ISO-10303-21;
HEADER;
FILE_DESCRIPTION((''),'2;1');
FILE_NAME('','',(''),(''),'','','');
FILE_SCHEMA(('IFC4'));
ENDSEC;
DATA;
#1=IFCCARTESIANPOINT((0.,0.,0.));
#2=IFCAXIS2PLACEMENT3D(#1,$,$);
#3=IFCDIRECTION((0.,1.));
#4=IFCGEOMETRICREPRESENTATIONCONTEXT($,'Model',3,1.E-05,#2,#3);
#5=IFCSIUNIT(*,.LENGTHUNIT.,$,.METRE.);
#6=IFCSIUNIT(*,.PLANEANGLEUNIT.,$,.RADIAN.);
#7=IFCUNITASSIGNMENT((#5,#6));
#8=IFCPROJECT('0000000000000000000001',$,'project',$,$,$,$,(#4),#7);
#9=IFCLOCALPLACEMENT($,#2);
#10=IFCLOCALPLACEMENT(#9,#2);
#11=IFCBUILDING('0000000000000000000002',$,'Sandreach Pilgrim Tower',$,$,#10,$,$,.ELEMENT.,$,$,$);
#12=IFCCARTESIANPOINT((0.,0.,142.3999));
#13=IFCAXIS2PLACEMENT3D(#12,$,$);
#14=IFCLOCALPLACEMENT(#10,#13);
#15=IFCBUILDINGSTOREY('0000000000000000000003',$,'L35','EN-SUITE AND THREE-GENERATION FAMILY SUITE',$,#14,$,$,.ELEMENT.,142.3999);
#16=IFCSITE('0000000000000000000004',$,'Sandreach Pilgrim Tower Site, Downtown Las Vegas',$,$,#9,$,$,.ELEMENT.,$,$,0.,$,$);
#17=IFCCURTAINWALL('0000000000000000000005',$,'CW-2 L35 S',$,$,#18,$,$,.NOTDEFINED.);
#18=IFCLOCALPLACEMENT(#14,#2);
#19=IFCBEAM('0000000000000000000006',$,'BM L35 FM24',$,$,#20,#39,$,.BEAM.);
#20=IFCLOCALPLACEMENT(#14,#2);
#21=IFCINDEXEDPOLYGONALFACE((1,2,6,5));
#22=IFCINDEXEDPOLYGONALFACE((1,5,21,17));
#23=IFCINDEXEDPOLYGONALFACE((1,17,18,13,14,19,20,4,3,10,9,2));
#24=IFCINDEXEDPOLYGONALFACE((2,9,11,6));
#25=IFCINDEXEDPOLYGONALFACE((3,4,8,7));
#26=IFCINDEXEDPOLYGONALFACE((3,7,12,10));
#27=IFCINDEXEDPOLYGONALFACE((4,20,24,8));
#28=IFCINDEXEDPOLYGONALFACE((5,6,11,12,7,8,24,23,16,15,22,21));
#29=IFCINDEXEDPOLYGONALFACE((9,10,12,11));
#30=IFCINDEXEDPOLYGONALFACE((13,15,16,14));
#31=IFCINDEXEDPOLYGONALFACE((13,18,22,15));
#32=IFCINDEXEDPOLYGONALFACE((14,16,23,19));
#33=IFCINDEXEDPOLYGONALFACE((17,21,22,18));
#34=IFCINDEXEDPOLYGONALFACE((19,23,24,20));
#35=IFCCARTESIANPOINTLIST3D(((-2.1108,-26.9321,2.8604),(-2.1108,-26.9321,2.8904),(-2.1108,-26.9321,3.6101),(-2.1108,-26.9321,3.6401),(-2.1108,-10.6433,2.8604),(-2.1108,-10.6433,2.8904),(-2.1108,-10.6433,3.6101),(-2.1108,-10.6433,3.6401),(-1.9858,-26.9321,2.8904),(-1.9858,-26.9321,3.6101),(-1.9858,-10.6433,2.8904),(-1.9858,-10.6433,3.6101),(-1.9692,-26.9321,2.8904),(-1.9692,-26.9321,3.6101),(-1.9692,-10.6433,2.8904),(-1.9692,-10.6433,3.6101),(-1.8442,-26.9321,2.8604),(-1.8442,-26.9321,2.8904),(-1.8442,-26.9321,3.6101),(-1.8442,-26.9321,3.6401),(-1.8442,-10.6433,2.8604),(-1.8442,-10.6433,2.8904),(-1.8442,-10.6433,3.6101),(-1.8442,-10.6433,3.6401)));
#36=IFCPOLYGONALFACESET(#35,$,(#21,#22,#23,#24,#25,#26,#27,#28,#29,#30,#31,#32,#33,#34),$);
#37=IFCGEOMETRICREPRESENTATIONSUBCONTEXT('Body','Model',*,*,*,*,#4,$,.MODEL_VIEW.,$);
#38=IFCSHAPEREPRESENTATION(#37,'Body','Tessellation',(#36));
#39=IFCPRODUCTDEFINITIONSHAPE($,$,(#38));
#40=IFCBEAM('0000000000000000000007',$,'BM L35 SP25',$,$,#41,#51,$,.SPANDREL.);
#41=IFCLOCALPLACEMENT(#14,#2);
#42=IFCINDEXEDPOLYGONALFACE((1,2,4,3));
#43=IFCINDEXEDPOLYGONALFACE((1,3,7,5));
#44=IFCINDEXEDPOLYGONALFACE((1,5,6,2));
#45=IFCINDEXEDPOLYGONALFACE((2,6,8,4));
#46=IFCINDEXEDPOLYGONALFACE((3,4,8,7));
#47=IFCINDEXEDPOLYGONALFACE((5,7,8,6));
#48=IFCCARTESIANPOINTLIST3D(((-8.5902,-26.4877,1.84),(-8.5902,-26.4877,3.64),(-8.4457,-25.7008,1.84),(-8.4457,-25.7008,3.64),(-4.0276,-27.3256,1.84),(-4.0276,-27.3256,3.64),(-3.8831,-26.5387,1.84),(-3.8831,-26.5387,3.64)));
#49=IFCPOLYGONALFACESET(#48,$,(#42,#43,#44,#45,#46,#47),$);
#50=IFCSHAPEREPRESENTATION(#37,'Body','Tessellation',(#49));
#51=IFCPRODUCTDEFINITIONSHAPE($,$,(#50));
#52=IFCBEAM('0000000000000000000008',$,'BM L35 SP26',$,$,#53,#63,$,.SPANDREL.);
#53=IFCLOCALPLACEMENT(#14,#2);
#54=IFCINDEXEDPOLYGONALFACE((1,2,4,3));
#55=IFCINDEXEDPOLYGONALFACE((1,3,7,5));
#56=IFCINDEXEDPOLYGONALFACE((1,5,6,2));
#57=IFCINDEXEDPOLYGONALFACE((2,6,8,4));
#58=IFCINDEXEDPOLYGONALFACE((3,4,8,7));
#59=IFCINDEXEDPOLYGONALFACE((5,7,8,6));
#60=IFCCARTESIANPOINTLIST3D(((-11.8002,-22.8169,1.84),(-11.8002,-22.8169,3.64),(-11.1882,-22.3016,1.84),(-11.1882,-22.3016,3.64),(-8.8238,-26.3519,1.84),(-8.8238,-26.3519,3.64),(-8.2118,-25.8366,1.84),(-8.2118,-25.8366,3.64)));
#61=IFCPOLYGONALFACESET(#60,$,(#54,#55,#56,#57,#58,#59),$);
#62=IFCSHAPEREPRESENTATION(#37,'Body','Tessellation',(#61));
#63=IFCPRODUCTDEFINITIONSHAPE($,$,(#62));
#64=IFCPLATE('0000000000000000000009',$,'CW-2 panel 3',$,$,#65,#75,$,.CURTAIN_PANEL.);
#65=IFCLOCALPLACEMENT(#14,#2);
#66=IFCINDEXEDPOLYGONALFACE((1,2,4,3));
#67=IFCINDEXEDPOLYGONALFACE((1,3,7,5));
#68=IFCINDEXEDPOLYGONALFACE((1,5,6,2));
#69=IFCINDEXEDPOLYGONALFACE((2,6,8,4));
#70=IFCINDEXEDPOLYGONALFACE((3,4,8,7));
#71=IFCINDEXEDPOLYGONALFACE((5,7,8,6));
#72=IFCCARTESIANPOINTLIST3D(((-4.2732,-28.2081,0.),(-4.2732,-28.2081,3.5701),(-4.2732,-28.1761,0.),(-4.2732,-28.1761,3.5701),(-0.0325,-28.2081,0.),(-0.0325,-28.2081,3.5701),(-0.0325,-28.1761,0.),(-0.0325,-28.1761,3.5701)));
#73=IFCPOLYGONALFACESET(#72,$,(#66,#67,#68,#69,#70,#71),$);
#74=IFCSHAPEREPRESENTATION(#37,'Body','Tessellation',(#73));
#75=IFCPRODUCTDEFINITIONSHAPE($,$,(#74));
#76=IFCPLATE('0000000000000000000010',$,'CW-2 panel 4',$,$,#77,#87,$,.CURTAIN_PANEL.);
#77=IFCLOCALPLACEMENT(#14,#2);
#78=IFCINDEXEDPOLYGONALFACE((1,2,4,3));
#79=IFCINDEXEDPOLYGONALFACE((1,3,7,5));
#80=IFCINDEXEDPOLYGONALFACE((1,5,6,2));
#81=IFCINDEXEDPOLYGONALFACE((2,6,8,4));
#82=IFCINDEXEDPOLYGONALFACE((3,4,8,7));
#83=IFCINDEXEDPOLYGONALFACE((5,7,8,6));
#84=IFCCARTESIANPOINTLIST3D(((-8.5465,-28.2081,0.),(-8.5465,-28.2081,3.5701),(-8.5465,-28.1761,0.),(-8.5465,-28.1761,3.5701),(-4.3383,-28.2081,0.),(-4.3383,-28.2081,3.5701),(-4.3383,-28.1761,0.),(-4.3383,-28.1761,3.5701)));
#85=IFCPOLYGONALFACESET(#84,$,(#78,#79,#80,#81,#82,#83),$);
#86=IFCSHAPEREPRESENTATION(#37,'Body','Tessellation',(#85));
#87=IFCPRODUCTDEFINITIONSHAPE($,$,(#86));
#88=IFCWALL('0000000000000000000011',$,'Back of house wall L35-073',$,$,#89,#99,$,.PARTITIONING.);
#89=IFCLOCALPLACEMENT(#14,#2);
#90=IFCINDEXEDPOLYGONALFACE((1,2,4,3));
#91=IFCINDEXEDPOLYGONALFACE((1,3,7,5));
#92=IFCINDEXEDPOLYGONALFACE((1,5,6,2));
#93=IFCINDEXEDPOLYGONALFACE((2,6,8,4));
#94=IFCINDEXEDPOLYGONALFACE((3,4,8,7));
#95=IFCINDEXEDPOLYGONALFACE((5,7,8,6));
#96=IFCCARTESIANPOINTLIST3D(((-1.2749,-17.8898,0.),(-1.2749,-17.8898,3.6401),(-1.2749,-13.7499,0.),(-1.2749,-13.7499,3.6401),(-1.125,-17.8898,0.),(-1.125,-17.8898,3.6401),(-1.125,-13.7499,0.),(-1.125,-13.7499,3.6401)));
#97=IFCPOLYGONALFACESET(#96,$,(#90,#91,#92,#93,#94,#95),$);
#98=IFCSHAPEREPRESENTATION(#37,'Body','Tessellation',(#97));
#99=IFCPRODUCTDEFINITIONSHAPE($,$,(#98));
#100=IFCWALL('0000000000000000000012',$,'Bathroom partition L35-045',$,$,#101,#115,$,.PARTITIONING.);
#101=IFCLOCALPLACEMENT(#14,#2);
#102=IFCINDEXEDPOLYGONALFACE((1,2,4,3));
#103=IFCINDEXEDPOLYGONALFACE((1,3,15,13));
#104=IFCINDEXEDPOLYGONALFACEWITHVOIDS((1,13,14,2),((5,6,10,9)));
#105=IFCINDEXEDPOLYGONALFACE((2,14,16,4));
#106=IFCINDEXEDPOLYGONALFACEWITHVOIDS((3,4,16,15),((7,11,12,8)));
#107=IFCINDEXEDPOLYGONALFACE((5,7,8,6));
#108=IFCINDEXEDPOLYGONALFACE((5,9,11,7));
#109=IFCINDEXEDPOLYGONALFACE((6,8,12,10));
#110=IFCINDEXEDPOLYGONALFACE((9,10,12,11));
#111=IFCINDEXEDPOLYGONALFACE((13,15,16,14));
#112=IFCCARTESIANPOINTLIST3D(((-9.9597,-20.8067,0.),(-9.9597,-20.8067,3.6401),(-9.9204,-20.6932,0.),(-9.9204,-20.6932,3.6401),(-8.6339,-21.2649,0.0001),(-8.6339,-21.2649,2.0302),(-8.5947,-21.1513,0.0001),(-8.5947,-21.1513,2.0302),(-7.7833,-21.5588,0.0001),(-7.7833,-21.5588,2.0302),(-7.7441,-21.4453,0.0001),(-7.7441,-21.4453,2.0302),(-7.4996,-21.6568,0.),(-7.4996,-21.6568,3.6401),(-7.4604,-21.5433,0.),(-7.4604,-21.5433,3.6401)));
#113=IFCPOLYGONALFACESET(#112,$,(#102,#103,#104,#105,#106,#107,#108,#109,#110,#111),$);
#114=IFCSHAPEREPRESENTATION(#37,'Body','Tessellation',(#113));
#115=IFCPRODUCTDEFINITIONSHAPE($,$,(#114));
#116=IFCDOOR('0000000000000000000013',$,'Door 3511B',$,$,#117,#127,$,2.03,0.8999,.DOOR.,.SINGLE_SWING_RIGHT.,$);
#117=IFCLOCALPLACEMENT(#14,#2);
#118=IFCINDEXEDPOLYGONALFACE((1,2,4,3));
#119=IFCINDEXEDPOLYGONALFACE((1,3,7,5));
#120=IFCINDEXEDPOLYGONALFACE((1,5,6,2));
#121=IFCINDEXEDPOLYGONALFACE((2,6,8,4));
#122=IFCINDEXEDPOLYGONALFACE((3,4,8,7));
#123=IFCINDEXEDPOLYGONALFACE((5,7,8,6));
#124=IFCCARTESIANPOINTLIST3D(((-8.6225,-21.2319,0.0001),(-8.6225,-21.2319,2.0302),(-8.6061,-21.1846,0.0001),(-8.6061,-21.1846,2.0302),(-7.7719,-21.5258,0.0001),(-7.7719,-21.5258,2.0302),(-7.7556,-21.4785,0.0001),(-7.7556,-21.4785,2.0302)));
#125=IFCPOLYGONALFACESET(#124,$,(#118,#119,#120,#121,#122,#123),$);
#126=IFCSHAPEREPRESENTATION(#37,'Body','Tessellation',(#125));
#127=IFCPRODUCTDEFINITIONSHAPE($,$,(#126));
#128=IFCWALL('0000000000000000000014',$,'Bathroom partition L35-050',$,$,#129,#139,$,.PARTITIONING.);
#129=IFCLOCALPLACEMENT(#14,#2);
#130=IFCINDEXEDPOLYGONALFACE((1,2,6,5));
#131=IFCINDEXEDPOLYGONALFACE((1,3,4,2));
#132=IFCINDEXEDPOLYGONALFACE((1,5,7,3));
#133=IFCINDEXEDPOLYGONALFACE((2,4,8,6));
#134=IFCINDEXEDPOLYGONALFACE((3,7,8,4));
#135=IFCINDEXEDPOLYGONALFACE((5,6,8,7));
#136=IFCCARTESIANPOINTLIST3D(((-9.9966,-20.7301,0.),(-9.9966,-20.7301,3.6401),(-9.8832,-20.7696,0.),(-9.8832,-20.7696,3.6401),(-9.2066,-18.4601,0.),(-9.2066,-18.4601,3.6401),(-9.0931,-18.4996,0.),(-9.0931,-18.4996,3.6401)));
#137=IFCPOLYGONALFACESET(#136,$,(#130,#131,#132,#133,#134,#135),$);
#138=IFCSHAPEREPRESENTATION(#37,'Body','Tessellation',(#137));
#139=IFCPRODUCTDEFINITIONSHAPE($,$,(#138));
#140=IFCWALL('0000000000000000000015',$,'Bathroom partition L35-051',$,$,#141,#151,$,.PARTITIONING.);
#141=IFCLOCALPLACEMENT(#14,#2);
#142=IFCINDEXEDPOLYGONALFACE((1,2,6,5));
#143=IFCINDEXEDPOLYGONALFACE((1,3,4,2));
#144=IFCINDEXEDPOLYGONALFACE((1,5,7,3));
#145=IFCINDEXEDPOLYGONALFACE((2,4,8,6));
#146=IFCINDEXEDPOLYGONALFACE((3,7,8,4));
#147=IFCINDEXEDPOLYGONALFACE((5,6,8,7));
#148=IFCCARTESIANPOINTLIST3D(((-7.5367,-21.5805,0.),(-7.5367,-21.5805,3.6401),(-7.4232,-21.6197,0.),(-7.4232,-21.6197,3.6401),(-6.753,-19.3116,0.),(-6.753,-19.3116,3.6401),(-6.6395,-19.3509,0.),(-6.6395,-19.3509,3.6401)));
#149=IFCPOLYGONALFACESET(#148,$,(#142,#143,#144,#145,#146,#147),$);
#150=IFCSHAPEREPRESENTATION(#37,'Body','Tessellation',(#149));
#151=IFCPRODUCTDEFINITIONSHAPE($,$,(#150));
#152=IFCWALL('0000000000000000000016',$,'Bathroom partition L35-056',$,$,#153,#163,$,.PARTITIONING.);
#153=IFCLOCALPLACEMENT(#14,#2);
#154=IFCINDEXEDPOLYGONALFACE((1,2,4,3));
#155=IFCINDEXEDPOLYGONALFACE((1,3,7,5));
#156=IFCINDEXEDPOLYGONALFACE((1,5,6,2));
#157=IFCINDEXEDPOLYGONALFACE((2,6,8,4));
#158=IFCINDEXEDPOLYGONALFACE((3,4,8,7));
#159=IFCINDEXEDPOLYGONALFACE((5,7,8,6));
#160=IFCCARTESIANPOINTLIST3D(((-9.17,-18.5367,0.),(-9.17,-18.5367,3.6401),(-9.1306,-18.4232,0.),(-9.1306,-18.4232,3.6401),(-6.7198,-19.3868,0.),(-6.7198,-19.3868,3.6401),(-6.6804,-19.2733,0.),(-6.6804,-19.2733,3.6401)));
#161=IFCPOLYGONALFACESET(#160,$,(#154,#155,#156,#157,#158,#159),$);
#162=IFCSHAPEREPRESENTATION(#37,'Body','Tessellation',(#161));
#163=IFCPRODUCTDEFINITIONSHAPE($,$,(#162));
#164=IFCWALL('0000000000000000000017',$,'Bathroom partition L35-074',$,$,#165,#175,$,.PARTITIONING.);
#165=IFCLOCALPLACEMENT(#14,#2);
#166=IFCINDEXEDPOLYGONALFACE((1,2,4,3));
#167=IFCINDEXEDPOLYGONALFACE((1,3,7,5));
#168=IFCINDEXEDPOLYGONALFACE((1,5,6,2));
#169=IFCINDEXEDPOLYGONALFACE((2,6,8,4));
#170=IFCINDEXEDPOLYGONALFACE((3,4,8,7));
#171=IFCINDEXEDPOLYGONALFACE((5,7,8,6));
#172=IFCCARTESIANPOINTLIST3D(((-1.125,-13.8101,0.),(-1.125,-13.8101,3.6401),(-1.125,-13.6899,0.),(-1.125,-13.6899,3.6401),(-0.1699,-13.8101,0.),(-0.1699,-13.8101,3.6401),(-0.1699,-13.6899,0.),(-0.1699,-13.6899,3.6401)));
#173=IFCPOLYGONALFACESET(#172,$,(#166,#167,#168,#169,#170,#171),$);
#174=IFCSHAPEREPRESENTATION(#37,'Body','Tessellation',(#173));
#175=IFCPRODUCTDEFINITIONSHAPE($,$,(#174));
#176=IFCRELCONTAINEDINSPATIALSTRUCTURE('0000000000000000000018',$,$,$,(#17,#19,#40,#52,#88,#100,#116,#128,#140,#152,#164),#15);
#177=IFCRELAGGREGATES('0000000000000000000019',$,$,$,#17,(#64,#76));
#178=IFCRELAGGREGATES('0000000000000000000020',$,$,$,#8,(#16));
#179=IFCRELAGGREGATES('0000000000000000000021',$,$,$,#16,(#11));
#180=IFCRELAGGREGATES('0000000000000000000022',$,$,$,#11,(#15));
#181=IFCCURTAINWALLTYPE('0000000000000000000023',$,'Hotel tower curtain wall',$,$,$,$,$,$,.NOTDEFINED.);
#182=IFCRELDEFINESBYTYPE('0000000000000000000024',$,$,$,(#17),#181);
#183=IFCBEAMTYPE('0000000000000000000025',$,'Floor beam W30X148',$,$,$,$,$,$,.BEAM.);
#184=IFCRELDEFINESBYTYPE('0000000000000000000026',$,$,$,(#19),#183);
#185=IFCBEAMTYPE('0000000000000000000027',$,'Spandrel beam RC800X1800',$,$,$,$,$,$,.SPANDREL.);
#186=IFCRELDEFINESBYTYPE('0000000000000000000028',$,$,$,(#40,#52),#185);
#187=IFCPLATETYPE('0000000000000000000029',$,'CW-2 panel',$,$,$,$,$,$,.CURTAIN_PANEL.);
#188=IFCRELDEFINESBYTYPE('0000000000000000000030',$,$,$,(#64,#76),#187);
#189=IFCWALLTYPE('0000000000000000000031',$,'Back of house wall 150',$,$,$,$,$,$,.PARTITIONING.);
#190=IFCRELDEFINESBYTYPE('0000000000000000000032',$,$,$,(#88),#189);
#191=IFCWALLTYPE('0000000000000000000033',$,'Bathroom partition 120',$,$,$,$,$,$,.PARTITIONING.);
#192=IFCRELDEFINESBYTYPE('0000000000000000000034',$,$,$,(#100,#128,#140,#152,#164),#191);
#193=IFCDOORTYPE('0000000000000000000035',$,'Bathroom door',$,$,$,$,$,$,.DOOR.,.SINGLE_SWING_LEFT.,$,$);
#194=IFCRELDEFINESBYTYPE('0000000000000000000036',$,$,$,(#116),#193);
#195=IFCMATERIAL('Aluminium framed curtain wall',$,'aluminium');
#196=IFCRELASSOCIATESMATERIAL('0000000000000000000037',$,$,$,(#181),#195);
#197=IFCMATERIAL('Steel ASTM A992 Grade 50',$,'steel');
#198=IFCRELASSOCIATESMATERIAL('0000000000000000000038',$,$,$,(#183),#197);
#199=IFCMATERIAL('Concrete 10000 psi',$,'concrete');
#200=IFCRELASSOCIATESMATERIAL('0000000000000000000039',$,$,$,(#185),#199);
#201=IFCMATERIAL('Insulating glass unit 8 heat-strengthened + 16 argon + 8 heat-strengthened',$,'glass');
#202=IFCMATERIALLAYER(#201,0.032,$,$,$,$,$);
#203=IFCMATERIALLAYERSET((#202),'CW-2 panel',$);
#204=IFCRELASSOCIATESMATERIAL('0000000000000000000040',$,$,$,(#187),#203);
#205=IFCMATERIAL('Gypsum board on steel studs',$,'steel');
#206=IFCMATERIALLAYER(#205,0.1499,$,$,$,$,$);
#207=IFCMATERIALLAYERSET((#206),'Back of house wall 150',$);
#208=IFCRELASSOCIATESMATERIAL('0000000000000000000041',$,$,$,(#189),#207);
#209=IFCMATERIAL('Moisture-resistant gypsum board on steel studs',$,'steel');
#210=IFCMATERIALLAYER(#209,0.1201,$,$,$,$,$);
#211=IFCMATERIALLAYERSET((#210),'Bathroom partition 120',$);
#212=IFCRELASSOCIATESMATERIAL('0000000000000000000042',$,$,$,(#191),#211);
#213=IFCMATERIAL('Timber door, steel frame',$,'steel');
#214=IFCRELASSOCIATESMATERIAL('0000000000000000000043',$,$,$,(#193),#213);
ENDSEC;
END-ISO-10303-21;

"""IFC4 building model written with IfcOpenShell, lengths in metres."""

from ifc_helpers import new_model, si_unit, direction, frame, frame_2d, origin, origin_2d, place, context, subcontext, project, spatial, rectangle, i_section, extrude, material, layer, layer_set, material_profile, profile_set, type_object, element, fill, aggregate, save


model = new_model("IFC4")

# Units and contexts
model_context = context("Model", 3, precision=1e-05, world=origin(), true_north=direction((0.0, 1.0)))
body_context = subcontext(model_context, "Body", "Model", "MODEL_VIEW")
ifc_project = project(units=[si_unit("LENGTHUNIT", "METRE"), si_unit("PLANEANGLEUNIT", "RADIAN")], contexts=[model_context])

# Site, building, storey
site_placement = place(None, origin())
site = spatial("IfcSite", under=ifc_project, at=site_placement, Name="Sandreach Pilgrim Tower Site, Downtown Las Vegas", CompositionType="ELEMENT", RefElevation=0.0)
building_placement = place(site_placement, origin())
building = spatial("IfcBuilding", under=site, at=building_placement, Name="Sandreach Pilgrim Tower", CompositionType="ELEMENT")
storey_placement = place(building_placement, frame((0.0, 0.0, 142.3999)))
storey = spatial("IfcBuildingStorey", under=building, at=storey_placement, Name="L35", Description="EN-SUITE AND THREE-GENERATION FAMILY SUITE", CompositionType="ELEMENT", Elevation=142.3999)

# Curtain wall
ifc_material_1 = material(Name="Aluminium framed curtain wall", Category="aluminium")
curtain_wall_type = type_object("IfcCurtainWallType", Name="Hotel tower curtain wall", PredefinedType="NOTDEFINED", material=ifc_material_1)
curtain_wall_placement = place(storey_placement, origin())
curtain_wall = element("IfcCurtainWall", 1, at=curtain_wall_placement, inside=storey, type_object=curtain_wall_type, Name="CW-2 L35 S", PredefinedType="NOTDEFINED")

# Beams
ifc_material_2 = material(Name="Steel ASTM A992 Grade 50", Category="steel")
ifc_material_profile_1 = material_profile(ifc_material_2, i_section(OverallWidth=0.2666, OverallDepth=0.7798, WebThickness=0.0166, FlangeThickness=0.03, at=origin_2d()), Name="W30X148")
ifc_profile_set_1 = profile_set([ifc_material_profile_1], Name="Steel ASTM A992 Grade 50")
beam_type_1 = type_object("IfcBeamType", Name="Floor beam W30X148", PredefinedType="BEAM", material=ifc_profile_set_1)
beam_1_placement = place(storey_placement, frame((-1.9775, -26.9321, 3.2502), z_axis=(0.0, 1.0, 0.0), x_axis=(-1.0, 0.0, 0.0)))
element("IfcBeam", 2, at=beam_1_placement, inside=storey, type_object=beam_type_1, Name="BM L35 FM24", PredefinedType="BEAM", context=body_context, shape_type="SweptSolid", body=[
    extrude(i_section(OverallWidth=0.2666, OverallDepth=0.7798, WebThickness=0.0166, FlangeThickness=0.03, at=origin_2d()), origin(), (0.0, 0.0, 1.0), 16.2888),
])
ifc_material_3 = material(Name="Concrete 10000 psi", Category="concrete")
ifc_material_profile_2 = material_profile(ifc_material_3, rectangle(XDim=0.8, YDim=1.8, at=origin_2d()), Name="RC800X1800")
ifc_profile_set_2 = profile_set([ifc_material_profile_2], Name="Concrete 10000 psi")
beam_type_2 = type_object("IfcBeamType", Name="Spandrel beam RC800X1800", PredefinedType="SPANDREL", material=ifc_profile_set_2)
beam_2_placement = place(storey_placement, frame((-3.9553, -26.9321, 2.74), z_axis=(-0.983552, 0.180627, 0.0), x_axis=(-0.180627, -0.983552, 0.0)))
element("IfcBeam", 3, at=beam_2_placement, inside=storey, type_object=beam_type_2, Name="BM L35 SP25", PredefinedType="SPANDREL", context=body_context, shape_type="SweptSolid", body=[
    extrude(rectangle(XDim=0.8, YDim=1.8, at=origin_2d()), origin(), (0.0, 0.0, 1.0), 4.6389),
])
beam_3_placement = place(storey_placement, frame((-8.5178, -26.0942, 2.74), z_axis=(-0.644079, 0.764959, 0.0), x_axis=(-0.764959, -0.644079, 0.0)))
element("IfcBeam", 4, at=beam_3_placement, inside=storey, type_object=beam_type_2, Name="BM L35 SP26", PredefinedType="SPANDREL", context=body_context, shape_type="SweptSolid", body=[
    extrude(rectangle(XDim=0.8, YDim=1.8, at=origin_2d()), origin(), (0.0, 0.0, 1.0), 4.6211),
])

# Plates
ifc_material_4 = material(Name="Insulating glass unit 8 heat-strengthened + 16 argon + 8 heat-strengthened", Category="glass")
ifc_layer_1 = layer(ifc_material_4, 0.032)
ifc_layer_set_1 = layer_set([ifc_layer_1], Name="CW-2 panel")
plate_type = type_object("IfcPlateType", Name="CW-2 panel", PredefinedType="CURTAIN_PANEL", material=ifc_layer_set_1)
plate_1_placement = place(storey_placement, frame((-2.1528, -28.1921, 0.0), z_axis=(0.0, 0.0, 1.0), x_axis=(-1.0, 0.0, 0.0)))
plate_1 = element("IfcPlate", 5, at=plate_1_placement, type_object=plate_type, Name="CW-2 panel 3", PredefinedType="CURTAIN_PANEL", context=body_context, shape_type="SweptSolid", body=[
    extrude(rectangle(XDim=4.2407, YDim=0.032, at=origin_2d()), origin(), (0.0, 0.0, 1.0), 3.5701),
])
plate_2_placement = place(storey_placement, frame((-6.4424, -28.1921, 0.0), z_axis=(0.0, 0.0, 1.0), x_axis=(-1.0, 0.0, 0.0)))
plate_2 = element("IfcPlate", 6, at=plate_2_placement, type_object=plate_type, Name="CW-2 panel 4", PredefinedType="CURTAIN_PANEL", context=body_context, shape_type="SweptSolid", body=[
    extrude(rectangle(XDim=4.2083, YDim=0.032, at=origin_2d()), origin(), (0.0, 0.0, 1.0), 3.5701),
])
aggregate(curtain_wall, [plate_1, plate_2])

# Wall
ifc_material_5 = material(Name="Gypsum board on steel studs", Category="steel")
ifc_layer_2 = layer(ifc_material_5, 0.1499)
ifc_layer_set_2 = layer_set([ifc_layer_2], Name="Back of house wall 150")
wall_type_1 = type_object("IfcWallType", Name="Back of house wall 150", PredefinedType="PARTITIONING", material=ifc_layer_set_2)
wall_1_placement = place(storey_placement, frame((-1.2, -13.75, 0.0), z_axis=(0.0, 0.0, 1.0), x_axis=(0.0, -1.0, 0.0)))
element("IfcWall", 7, at=wall_1_placement, inside=storey, type_object=wall_type_1, Name="Back of house wall L35-073", PredefinedType="PARTITIONING", context=body_context, shape_type="SweptSolid", body=[
    extrude(rectangle(XDim=4.1399, YDim=0.1499, at=frame_2d((2.0698, 0.0))), origin(), (0.0, 0.0, 1.0), 3.6401),
])

# Wall, opening, door
ifc_material_6 = material(Name="Moisture-resistant gypsum board on steel studs", Category="steel")
ifc_layer_3 = layer(ifc_material_6, 0.1201)
ifc_layer_set_3 = layer_set([ifc_layer_3], Name="Bathroom partition 120")
wall_type_2 = type_object("IfcWallType", Name="Bathroom partition 120", PredefinedType="PARTITIONING", material=ifc_layer_set_3)
wall_2_placement = place(storey_placement, frame((-9.9399, -20.75, 0.0), z_axis=(0.0, 0.0, 1.0), x_axis=(0.945155, -0.326621, 0.0)))
wall_2 = element("IfcWall", 8, at=wall_2_placement, inside=storey, type_object=wall_type_2, Name="Bathroom partition L35-045", PredefinedType="PARTITIONING", context=body_context, shape_type="SweptSolid", body=[
    extrude(rectangle(XDim=2.6028, YDim=0.1201, at=frame_2d((1.3013, 0.0))), origin(), (0.0, 0.0, 1.0), 3.6401),
])
opening_1_placement = place(wall_2_placement, frame((1.4026, 0.0, 0.0)))
opening_1 = element("IfcOpeningElement", 9, at=opening_1_placement, cuts=wall_2, PredefinedType="OPENING", context=body_context, shape_type="SweptSolid", body=[
    extrude(rectangle(XDim=0.8999, YDim=2.03, at=frame_2d((0.45, 1.0151))), frame((0.0, 0.0601, 0.0), z_axis=(0.0, -1.0, 0.0), x_axis=(1.0, 0.0, 0.0)), (0.0, 0.0, 1.0), 0.1201),
])
ifc_material_7 = material(Name="Timber door, steel frame", Category="steel")
door_type_1 = type_object("IfcDoorType", Name="Bathroom door", OperationType="SINGLE_SWING_LEFT", PredefinedType="DOOR", material=ifc_material_7)
door_1_placement = place(opening_1_placement, origin())
door_1 = element("IfcDoor", 10, at=door_1_placement, inside=storey, type_object=door_type_1, Name="Door 3511B", OperationType="SINGLE_SWING_RIGHT", OverallHeight=2.03, OverallWidth=0.8999, PredefinedType="DOOR", context=body_context, shape_type="SweptSolid", body=[
    extrude(rectangle(XDim=0.8999, YDim=2.03, at=frame_2d((0.45, 1.0151))), frame((0.0, 0.0249, 0.0), z_axis=(0.0, -1.0, 0.0), x_axis=(1.0, 0.0, 0.0)), (0.0, 0.0, 1.0), 0.05),
])
fill(opening_1, door_1)

# Walls
wall_3_placement = place(storey_placement, frame((-9.1499, -18.48, 0.0), z_axis=(0.0, 0.0, 1.0), x_axis=(-0.328694, -0.944436, 0.0)))
element("IfcWall", 11, at=wall_3_placement, inside=storey, type_object=wall_type_2, Name="Bathroom partition L35-050", PredefinedType="PARTITIONING", context=body_context, shape_type="SweptSolid", body=[
    extrude(rectangle(XDim=2.4036, YDim=0.1201, at=frame_2d((1.2017, 0.0))), origin(), (0.0, 0.0, 1.0), 3.6401),
])
wall_4_placement = place(storey_placement, frame((-7.48, -21.6001, 0.0), z_axis=(0.0, 0.0, 1.0), x_axis=(0.326492, 0.9452, 0.0)))
element("IfcWall", 12, at=wall_4_placement, inside=storey, type_object=wall_type_2, Name="Bathroom partition L35-051", PredefinedType="PARTITIONING", context=body_context, shape_type="SweptSolid", body=[
    extrude(rectangle(XDim=2.4004, YDim=0.1201, at=frame_2d((1.2002, 0.0))), origin(), (0.0, 0.0, 1.0), 3.6401),
])
wall_5_placement = place(storey_placement, frame((-6.7, -19.3301, 0.0), z_axis=(0.0, 0.0, 1.0), x_axis=(-0.944753, 0.327783, 0.0)))
element("IfcWall", 13, at=wall_5_placement, inside=storey, type_object=wall_type_2, Name="Bathroom partition L35-056", PredefinedType="PARTITIONING", context=body_context, shape_type="SweptSolid", body=[
    extrude(rectangle(XDim=2.5935, YDim=0.1201, at=frame_2d((1.2969, 0.0))), origin(), (0.0, 0.0, 1.0), 3.6401),
])
wall_6_placement = place(storey_placement, frame((-1.125, -13.75, 0.0), z_axis=(0.0, 0.0, 1.0), x_axis=(1.0, 0.0, 0.0)))
element("IfcWall", 14, at=wall_6_placement, inside=storey, type_object=wall_type_2, Name="Bathroom partition L35-074", PredefinedType="PARTITIONING", context=body_context, shape_type="SweptSolid", body=[
    extrude(rectangle(XDim=0.9551, YDim=0.1201, at=frame_2d((0.4775, 0.0))), origin(), (0.0, 0.0, 1.0), 3.6401),
])

save(model, "model.ifc")
